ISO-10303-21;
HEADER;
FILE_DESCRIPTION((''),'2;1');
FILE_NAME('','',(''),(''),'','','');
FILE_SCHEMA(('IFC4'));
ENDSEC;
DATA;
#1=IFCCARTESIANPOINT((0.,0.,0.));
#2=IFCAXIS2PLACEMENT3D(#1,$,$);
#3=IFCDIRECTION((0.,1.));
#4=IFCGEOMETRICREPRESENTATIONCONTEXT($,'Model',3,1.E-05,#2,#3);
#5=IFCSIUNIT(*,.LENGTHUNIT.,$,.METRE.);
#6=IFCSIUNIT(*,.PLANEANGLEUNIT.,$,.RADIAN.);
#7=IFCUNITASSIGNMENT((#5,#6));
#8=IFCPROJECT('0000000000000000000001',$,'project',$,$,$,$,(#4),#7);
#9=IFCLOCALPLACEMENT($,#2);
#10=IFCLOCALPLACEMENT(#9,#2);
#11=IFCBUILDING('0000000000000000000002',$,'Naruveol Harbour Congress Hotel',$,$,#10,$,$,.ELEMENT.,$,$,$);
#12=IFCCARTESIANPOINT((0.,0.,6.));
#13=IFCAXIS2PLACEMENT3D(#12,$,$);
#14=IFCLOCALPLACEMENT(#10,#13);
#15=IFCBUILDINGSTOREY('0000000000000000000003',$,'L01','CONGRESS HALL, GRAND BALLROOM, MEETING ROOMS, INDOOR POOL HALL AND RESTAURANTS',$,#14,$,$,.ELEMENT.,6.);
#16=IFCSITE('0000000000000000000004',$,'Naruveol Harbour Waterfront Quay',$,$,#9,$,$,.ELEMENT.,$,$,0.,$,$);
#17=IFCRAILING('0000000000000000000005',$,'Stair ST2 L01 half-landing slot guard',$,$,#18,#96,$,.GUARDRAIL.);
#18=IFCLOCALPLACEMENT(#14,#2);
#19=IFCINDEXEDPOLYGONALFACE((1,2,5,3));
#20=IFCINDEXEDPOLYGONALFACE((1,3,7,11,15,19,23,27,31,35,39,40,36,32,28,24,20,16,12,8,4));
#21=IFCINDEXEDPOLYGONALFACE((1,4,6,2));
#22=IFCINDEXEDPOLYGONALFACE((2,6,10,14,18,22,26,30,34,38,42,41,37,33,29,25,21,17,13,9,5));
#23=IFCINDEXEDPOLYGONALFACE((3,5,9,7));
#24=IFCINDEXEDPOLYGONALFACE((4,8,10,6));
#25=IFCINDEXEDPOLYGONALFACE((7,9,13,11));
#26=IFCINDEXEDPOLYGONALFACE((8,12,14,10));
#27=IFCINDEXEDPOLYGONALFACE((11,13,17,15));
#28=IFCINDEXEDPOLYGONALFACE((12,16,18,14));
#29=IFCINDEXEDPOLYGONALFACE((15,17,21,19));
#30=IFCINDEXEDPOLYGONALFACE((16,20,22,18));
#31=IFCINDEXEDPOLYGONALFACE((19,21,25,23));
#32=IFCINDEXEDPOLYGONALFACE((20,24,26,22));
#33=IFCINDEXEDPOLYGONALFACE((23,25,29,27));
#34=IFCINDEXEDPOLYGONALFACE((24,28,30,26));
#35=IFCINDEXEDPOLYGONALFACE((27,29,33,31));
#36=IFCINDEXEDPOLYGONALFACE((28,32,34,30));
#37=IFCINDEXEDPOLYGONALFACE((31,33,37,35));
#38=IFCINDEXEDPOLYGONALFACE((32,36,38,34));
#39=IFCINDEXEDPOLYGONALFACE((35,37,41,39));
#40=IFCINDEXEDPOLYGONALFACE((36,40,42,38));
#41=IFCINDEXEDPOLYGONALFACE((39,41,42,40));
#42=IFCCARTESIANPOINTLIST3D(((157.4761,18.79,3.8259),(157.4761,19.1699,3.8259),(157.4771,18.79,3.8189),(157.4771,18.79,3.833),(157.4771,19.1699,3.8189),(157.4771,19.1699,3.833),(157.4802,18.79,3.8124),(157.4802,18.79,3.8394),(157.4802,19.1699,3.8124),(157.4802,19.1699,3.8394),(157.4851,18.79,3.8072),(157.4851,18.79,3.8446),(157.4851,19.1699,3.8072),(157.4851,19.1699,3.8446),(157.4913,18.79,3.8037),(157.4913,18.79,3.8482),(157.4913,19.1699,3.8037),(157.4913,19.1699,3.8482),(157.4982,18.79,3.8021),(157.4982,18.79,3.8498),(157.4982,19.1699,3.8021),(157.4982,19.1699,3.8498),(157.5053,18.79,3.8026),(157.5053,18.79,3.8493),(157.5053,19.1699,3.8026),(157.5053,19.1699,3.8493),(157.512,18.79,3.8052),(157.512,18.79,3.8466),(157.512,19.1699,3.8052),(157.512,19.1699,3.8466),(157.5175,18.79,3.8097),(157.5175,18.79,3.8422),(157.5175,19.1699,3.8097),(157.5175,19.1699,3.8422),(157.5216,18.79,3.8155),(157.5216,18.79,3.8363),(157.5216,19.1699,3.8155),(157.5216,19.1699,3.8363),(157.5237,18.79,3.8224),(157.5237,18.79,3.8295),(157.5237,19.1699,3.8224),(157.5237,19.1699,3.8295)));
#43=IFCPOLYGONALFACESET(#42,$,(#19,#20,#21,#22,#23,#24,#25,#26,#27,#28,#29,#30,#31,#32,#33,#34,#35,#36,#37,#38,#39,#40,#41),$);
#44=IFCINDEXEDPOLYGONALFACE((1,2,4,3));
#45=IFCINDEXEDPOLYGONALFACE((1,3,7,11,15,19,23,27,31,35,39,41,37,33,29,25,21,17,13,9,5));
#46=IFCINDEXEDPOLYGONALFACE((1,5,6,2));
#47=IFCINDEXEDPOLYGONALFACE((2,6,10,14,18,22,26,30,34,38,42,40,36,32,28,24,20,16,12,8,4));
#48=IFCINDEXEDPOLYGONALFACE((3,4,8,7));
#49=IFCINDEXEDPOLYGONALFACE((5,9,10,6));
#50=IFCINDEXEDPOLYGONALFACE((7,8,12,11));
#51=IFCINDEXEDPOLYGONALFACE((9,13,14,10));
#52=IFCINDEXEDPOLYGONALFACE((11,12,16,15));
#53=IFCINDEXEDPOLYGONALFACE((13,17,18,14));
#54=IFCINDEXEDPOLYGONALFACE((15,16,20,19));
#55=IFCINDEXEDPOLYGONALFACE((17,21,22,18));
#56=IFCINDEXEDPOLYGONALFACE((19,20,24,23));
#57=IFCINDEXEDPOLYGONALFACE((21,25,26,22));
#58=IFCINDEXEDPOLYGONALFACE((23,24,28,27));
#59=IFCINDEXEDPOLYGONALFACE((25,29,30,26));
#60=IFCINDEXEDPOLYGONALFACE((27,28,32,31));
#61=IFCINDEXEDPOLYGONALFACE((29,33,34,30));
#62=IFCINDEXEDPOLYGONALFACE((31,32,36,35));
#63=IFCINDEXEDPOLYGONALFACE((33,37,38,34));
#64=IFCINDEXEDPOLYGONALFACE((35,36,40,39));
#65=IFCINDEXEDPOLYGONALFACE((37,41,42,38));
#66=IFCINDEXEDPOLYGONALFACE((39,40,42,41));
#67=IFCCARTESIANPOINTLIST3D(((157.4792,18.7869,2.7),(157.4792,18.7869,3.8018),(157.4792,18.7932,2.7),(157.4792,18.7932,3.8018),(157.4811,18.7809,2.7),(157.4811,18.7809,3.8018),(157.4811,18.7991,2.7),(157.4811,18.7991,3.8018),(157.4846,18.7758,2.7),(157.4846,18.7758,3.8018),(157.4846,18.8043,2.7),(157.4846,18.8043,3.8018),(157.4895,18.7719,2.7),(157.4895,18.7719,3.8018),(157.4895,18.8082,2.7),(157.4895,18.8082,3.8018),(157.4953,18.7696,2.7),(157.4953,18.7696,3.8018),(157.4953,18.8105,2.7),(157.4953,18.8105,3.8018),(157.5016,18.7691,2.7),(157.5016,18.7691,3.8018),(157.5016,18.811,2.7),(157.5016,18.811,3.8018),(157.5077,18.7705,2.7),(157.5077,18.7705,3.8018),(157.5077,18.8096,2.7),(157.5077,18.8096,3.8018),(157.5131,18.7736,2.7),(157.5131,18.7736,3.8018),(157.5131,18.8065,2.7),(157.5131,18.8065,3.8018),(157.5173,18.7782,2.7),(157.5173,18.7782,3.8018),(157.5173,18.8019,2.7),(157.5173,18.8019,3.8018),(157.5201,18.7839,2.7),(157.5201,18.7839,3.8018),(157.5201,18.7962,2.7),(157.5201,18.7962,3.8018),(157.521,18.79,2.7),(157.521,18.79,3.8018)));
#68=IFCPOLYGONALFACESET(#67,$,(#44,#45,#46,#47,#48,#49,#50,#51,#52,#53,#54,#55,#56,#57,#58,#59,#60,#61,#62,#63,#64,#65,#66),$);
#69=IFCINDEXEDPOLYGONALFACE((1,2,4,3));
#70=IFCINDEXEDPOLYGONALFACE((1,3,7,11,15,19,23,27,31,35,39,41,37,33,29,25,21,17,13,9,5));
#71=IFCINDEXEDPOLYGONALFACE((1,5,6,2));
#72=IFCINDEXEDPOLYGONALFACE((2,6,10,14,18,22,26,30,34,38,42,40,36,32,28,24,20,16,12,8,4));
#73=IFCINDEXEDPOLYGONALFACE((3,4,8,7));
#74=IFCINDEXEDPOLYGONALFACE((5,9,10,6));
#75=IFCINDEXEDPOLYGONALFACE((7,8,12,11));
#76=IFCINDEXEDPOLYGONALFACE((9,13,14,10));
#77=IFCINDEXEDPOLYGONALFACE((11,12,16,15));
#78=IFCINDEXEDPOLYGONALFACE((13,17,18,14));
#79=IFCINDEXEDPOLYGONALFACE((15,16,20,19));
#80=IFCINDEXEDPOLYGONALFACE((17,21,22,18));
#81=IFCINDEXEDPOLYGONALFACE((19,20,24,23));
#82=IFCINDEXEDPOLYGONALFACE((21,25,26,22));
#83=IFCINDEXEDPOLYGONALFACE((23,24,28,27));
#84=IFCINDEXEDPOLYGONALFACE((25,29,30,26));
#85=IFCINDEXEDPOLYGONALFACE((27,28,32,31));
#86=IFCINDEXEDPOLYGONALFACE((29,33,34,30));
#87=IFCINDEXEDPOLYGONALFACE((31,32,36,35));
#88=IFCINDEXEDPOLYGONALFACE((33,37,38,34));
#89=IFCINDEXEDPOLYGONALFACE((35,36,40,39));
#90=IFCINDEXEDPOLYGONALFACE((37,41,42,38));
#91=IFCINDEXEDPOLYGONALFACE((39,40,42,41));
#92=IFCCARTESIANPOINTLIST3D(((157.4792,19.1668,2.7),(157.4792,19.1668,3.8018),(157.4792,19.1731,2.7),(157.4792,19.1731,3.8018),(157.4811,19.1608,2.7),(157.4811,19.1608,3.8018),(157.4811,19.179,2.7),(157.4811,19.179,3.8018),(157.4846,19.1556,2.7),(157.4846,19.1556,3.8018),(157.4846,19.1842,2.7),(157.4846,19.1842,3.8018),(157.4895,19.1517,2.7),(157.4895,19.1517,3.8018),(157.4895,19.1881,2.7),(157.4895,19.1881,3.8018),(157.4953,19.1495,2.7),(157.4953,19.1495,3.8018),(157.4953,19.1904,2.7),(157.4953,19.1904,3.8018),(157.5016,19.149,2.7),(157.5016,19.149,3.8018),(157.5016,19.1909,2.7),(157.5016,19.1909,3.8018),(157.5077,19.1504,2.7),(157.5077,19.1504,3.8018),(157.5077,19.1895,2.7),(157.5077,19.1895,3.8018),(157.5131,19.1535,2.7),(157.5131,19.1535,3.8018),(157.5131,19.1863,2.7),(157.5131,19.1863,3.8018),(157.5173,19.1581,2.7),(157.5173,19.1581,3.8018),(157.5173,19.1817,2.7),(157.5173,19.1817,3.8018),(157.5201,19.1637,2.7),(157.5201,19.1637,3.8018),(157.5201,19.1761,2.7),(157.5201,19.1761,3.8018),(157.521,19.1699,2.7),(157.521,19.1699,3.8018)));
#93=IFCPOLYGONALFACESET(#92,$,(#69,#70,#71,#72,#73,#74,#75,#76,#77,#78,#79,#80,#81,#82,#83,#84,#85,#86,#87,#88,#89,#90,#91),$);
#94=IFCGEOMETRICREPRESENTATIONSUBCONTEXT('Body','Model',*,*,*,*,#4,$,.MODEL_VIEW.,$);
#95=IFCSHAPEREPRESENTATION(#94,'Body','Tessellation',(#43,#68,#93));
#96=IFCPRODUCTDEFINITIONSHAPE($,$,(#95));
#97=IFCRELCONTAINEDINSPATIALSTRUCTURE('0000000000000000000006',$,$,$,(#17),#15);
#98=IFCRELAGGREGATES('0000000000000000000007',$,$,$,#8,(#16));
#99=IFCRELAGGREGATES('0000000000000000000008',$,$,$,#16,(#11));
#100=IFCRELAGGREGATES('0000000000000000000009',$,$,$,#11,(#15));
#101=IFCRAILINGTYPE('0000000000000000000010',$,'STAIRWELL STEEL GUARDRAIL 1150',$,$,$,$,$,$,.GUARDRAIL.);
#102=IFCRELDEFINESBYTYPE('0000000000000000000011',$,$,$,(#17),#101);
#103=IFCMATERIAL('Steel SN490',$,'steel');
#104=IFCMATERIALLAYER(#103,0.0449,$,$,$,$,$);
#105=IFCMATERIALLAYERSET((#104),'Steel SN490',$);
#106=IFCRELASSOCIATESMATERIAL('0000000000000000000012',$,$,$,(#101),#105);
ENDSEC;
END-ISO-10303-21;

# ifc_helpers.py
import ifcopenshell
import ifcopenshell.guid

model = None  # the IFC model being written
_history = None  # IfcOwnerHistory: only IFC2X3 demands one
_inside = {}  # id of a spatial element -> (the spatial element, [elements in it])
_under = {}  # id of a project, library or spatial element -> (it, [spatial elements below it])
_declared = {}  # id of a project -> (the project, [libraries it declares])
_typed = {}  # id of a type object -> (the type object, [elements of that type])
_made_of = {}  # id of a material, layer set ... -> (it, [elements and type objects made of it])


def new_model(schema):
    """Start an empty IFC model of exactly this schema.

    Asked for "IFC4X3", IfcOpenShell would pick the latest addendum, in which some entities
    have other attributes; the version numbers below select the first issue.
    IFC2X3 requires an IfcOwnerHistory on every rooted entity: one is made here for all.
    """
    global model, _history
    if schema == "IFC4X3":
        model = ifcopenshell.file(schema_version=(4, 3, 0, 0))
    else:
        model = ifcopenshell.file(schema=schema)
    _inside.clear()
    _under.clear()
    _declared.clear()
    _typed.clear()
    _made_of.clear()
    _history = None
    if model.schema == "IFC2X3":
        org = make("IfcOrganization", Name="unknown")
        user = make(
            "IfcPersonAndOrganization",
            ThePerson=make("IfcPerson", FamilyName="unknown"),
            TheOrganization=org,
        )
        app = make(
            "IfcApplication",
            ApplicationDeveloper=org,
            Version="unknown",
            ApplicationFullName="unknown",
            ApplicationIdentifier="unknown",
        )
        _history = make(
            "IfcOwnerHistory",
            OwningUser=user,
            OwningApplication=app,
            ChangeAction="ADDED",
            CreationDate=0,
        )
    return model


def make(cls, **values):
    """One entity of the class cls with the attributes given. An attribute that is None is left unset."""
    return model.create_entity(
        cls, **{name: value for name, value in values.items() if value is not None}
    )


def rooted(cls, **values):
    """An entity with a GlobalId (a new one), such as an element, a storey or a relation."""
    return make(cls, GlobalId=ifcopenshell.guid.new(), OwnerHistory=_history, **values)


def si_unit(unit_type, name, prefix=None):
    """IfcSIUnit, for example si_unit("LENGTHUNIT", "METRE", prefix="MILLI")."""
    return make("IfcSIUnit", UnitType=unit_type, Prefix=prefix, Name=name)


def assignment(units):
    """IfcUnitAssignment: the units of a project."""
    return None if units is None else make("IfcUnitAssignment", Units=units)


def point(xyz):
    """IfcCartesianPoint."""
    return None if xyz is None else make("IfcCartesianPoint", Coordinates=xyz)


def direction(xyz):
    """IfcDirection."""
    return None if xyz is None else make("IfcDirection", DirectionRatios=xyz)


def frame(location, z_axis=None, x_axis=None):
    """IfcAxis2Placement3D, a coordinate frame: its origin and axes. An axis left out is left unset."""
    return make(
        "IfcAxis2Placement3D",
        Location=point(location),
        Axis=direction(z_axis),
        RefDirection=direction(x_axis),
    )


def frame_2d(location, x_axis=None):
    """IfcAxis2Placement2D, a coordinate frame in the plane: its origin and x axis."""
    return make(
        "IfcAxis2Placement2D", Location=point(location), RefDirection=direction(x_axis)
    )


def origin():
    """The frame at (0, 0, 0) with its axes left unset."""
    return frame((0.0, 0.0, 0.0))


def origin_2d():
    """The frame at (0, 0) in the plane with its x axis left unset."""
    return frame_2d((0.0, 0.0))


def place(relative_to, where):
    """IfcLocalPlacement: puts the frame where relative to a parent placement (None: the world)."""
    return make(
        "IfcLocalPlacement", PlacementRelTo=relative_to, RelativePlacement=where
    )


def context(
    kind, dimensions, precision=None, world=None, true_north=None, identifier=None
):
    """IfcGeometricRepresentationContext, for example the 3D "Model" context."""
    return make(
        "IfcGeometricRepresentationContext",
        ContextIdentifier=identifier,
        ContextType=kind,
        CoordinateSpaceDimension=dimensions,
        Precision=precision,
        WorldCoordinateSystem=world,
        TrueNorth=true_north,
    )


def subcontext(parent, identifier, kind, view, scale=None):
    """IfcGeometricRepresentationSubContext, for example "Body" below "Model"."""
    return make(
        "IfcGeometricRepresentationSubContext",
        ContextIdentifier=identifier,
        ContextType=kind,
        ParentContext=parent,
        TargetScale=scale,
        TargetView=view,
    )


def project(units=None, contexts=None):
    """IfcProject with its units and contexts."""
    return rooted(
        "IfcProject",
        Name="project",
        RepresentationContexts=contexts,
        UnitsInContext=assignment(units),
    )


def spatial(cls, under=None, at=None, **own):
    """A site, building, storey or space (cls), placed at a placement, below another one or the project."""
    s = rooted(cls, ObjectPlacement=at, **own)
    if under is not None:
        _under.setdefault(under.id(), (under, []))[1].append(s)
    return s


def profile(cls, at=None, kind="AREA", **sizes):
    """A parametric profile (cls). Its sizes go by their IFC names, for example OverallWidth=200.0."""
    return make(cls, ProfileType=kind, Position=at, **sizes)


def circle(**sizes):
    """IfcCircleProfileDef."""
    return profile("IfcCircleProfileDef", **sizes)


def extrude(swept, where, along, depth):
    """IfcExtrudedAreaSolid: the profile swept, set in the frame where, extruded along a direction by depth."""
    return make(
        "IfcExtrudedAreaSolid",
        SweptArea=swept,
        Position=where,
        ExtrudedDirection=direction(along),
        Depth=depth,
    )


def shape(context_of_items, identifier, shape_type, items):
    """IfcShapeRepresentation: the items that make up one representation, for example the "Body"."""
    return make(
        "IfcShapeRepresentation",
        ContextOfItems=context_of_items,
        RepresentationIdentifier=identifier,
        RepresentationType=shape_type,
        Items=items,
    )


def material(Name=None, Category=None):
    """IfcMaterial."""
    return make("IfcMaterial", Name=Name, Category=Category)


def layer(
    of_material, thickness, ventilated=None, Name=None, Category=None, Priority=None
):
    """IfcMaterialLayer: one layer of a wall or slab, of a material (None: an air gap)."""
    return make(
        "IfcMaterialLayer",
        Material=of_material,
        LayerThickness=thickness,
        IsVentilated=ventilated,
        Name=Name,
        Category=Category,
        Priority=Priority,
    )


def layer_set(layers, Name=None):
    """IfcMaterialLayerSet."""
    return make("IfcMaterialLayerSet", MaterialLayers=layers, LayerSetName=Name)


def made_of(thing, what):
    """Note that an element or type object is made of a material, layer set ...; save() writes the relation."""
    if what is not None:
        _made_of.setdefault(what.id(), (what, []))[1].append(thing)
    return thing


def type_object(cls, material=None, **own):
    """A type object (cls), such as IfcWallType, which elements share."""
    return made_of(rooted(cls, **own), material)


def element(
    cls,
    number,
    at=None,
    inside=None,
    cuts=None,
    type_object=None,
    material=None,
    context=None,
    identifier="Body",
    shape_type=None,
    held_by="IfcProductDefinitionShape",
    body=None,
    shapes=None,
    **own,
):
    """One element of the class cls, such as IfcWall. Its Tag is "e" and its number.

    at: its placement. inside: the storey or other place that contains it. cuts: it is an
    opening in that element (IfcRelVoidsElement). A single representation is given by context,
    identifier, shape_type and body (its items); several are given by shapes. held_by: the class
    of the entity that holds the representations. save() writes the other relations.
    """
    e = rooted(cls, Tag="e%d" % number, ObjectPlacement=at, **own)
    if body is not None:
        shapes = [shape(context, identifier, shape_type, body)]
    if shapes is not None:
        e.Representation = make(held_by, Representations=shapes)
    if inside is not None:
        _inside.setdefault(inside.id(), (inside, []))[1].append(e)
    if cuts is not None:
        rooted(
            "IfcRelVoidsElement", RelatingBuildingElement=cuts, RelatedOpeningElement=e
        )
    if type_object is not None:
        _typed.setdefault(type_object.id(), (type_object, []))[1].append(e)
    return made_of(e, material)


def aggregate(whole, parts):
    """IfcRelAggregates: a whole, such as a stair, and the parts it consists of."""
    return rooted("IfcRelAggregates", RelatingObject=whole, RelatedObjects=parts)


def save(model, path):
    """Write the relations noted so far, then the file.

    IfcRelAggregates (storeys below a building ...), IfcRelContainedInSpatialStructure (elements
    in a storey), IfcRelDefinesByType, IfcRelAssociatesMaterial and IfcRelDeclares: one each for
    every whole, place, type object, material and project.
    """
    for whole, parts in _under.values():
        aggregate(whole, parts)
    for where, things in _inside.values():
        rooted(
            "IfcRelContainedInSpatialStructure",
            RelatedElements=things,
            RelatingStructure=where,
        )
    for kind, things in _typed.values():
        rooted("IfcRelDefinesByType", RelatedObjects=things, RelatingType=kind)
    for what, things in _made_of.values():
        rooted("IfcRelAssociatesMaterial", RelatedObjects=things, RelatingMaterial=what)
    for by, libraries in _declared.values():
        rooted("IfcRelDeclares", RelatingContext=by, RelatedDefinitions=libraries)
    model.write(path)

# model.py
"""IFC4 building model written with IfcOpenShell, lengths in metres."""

from ifc_helpers import new_model, si_unit, direction, frame, origin, origin_2d, place, context, subcontext, project, spatial, circle, extrude, material, layer, layer_set, type_object, element, save


model = new_model("IFC4")

# Units and contexts
model_context = context("Model", 3, precision=1e-05, world=origin(), true_north=direction((0.0, 1.0)))
body_context = subcontext(model_context, "Body", "Model", "MODEL_VIEW")
ifc_project = project(units=[si_unit("LENGTHUNIT", "METRE"), si_unit("PLANEANGLEUNIT", "RADIAN")], contexts=[model_context])

# Site, building, storey
site_placement = place(None, origin())
site = spatial("IfcSite", under=ifc_project, at=site_placement, Name="Naruveol Harbour Waterfront Quay", CompositionType="ELEMENT", RefElevation=0.0)
building_placement = place(site_placement, origin())
building = spatial("IfcBuilding", under=site, at=building_placement, Name="Naruveol Harbour Congress Hotel", CompositionType="ELEMENT")
storey_placement = place(building_placement, frame((0.0, 0.0, 6.0)))
storey = spatial("IfcBuildingStorey", under=building, at=storey_placement, Name="L01", Description="CONGRESS HALL, GRAND BALLROOM, MEETING ROOMS, INDOOR POOL HALL AND RESTAURANTS", CompositionType="ELEMENT", Elevation=6.0)

# Railing
ifc_material_1 = material(Name="Steel SN490", Category="steel")
ifc_layer_1 = layer(ifc_material_1, 0.0449)
ifc_layer_set_1 = layer_set([ifc_layer_1], Name="Steel SN490")
railing_type_1 = type_object("IfcRailingType", Name="STAIRWELL STEEL GUARDRAIL 1150", PredefinedType="GUARDRAIL", material=ifc_layer_set_1)
railing_1_placement = place(storey_placement, frame((157.5, 18.79, 2.7)))
element("IfcRailing", 1, at=railing_1_placement, inside=storey, type_object=railing_type_1, Name="Stair ST2 L01 half-landing slot guard", PredefinedType="GUARDRAIL", context=body_context, shape_type="SweptSolid", body=[
    extrude(circle(Radius=0.0239, at=origin_2d()), frame((0.0, 0.0, 1.126), z_axis=(0.0, 1.0, 0.0), x_axis=(-1.0, 0.0, 0.0)), (0.0, 0.0, 1.0), 0.3799),
    extrude(circle(Radius=0.021, at=origin_2d()), origin(), (0.0, 0.0, 1.0), 1.1018),
    extrude(circle(Radius=0.021, at=origin_2d()), frame((0.0, 0.3799, 0.0)), (0.0, 0.0, 1.0), 1.1018),
])

save(model, "model.ifc")
